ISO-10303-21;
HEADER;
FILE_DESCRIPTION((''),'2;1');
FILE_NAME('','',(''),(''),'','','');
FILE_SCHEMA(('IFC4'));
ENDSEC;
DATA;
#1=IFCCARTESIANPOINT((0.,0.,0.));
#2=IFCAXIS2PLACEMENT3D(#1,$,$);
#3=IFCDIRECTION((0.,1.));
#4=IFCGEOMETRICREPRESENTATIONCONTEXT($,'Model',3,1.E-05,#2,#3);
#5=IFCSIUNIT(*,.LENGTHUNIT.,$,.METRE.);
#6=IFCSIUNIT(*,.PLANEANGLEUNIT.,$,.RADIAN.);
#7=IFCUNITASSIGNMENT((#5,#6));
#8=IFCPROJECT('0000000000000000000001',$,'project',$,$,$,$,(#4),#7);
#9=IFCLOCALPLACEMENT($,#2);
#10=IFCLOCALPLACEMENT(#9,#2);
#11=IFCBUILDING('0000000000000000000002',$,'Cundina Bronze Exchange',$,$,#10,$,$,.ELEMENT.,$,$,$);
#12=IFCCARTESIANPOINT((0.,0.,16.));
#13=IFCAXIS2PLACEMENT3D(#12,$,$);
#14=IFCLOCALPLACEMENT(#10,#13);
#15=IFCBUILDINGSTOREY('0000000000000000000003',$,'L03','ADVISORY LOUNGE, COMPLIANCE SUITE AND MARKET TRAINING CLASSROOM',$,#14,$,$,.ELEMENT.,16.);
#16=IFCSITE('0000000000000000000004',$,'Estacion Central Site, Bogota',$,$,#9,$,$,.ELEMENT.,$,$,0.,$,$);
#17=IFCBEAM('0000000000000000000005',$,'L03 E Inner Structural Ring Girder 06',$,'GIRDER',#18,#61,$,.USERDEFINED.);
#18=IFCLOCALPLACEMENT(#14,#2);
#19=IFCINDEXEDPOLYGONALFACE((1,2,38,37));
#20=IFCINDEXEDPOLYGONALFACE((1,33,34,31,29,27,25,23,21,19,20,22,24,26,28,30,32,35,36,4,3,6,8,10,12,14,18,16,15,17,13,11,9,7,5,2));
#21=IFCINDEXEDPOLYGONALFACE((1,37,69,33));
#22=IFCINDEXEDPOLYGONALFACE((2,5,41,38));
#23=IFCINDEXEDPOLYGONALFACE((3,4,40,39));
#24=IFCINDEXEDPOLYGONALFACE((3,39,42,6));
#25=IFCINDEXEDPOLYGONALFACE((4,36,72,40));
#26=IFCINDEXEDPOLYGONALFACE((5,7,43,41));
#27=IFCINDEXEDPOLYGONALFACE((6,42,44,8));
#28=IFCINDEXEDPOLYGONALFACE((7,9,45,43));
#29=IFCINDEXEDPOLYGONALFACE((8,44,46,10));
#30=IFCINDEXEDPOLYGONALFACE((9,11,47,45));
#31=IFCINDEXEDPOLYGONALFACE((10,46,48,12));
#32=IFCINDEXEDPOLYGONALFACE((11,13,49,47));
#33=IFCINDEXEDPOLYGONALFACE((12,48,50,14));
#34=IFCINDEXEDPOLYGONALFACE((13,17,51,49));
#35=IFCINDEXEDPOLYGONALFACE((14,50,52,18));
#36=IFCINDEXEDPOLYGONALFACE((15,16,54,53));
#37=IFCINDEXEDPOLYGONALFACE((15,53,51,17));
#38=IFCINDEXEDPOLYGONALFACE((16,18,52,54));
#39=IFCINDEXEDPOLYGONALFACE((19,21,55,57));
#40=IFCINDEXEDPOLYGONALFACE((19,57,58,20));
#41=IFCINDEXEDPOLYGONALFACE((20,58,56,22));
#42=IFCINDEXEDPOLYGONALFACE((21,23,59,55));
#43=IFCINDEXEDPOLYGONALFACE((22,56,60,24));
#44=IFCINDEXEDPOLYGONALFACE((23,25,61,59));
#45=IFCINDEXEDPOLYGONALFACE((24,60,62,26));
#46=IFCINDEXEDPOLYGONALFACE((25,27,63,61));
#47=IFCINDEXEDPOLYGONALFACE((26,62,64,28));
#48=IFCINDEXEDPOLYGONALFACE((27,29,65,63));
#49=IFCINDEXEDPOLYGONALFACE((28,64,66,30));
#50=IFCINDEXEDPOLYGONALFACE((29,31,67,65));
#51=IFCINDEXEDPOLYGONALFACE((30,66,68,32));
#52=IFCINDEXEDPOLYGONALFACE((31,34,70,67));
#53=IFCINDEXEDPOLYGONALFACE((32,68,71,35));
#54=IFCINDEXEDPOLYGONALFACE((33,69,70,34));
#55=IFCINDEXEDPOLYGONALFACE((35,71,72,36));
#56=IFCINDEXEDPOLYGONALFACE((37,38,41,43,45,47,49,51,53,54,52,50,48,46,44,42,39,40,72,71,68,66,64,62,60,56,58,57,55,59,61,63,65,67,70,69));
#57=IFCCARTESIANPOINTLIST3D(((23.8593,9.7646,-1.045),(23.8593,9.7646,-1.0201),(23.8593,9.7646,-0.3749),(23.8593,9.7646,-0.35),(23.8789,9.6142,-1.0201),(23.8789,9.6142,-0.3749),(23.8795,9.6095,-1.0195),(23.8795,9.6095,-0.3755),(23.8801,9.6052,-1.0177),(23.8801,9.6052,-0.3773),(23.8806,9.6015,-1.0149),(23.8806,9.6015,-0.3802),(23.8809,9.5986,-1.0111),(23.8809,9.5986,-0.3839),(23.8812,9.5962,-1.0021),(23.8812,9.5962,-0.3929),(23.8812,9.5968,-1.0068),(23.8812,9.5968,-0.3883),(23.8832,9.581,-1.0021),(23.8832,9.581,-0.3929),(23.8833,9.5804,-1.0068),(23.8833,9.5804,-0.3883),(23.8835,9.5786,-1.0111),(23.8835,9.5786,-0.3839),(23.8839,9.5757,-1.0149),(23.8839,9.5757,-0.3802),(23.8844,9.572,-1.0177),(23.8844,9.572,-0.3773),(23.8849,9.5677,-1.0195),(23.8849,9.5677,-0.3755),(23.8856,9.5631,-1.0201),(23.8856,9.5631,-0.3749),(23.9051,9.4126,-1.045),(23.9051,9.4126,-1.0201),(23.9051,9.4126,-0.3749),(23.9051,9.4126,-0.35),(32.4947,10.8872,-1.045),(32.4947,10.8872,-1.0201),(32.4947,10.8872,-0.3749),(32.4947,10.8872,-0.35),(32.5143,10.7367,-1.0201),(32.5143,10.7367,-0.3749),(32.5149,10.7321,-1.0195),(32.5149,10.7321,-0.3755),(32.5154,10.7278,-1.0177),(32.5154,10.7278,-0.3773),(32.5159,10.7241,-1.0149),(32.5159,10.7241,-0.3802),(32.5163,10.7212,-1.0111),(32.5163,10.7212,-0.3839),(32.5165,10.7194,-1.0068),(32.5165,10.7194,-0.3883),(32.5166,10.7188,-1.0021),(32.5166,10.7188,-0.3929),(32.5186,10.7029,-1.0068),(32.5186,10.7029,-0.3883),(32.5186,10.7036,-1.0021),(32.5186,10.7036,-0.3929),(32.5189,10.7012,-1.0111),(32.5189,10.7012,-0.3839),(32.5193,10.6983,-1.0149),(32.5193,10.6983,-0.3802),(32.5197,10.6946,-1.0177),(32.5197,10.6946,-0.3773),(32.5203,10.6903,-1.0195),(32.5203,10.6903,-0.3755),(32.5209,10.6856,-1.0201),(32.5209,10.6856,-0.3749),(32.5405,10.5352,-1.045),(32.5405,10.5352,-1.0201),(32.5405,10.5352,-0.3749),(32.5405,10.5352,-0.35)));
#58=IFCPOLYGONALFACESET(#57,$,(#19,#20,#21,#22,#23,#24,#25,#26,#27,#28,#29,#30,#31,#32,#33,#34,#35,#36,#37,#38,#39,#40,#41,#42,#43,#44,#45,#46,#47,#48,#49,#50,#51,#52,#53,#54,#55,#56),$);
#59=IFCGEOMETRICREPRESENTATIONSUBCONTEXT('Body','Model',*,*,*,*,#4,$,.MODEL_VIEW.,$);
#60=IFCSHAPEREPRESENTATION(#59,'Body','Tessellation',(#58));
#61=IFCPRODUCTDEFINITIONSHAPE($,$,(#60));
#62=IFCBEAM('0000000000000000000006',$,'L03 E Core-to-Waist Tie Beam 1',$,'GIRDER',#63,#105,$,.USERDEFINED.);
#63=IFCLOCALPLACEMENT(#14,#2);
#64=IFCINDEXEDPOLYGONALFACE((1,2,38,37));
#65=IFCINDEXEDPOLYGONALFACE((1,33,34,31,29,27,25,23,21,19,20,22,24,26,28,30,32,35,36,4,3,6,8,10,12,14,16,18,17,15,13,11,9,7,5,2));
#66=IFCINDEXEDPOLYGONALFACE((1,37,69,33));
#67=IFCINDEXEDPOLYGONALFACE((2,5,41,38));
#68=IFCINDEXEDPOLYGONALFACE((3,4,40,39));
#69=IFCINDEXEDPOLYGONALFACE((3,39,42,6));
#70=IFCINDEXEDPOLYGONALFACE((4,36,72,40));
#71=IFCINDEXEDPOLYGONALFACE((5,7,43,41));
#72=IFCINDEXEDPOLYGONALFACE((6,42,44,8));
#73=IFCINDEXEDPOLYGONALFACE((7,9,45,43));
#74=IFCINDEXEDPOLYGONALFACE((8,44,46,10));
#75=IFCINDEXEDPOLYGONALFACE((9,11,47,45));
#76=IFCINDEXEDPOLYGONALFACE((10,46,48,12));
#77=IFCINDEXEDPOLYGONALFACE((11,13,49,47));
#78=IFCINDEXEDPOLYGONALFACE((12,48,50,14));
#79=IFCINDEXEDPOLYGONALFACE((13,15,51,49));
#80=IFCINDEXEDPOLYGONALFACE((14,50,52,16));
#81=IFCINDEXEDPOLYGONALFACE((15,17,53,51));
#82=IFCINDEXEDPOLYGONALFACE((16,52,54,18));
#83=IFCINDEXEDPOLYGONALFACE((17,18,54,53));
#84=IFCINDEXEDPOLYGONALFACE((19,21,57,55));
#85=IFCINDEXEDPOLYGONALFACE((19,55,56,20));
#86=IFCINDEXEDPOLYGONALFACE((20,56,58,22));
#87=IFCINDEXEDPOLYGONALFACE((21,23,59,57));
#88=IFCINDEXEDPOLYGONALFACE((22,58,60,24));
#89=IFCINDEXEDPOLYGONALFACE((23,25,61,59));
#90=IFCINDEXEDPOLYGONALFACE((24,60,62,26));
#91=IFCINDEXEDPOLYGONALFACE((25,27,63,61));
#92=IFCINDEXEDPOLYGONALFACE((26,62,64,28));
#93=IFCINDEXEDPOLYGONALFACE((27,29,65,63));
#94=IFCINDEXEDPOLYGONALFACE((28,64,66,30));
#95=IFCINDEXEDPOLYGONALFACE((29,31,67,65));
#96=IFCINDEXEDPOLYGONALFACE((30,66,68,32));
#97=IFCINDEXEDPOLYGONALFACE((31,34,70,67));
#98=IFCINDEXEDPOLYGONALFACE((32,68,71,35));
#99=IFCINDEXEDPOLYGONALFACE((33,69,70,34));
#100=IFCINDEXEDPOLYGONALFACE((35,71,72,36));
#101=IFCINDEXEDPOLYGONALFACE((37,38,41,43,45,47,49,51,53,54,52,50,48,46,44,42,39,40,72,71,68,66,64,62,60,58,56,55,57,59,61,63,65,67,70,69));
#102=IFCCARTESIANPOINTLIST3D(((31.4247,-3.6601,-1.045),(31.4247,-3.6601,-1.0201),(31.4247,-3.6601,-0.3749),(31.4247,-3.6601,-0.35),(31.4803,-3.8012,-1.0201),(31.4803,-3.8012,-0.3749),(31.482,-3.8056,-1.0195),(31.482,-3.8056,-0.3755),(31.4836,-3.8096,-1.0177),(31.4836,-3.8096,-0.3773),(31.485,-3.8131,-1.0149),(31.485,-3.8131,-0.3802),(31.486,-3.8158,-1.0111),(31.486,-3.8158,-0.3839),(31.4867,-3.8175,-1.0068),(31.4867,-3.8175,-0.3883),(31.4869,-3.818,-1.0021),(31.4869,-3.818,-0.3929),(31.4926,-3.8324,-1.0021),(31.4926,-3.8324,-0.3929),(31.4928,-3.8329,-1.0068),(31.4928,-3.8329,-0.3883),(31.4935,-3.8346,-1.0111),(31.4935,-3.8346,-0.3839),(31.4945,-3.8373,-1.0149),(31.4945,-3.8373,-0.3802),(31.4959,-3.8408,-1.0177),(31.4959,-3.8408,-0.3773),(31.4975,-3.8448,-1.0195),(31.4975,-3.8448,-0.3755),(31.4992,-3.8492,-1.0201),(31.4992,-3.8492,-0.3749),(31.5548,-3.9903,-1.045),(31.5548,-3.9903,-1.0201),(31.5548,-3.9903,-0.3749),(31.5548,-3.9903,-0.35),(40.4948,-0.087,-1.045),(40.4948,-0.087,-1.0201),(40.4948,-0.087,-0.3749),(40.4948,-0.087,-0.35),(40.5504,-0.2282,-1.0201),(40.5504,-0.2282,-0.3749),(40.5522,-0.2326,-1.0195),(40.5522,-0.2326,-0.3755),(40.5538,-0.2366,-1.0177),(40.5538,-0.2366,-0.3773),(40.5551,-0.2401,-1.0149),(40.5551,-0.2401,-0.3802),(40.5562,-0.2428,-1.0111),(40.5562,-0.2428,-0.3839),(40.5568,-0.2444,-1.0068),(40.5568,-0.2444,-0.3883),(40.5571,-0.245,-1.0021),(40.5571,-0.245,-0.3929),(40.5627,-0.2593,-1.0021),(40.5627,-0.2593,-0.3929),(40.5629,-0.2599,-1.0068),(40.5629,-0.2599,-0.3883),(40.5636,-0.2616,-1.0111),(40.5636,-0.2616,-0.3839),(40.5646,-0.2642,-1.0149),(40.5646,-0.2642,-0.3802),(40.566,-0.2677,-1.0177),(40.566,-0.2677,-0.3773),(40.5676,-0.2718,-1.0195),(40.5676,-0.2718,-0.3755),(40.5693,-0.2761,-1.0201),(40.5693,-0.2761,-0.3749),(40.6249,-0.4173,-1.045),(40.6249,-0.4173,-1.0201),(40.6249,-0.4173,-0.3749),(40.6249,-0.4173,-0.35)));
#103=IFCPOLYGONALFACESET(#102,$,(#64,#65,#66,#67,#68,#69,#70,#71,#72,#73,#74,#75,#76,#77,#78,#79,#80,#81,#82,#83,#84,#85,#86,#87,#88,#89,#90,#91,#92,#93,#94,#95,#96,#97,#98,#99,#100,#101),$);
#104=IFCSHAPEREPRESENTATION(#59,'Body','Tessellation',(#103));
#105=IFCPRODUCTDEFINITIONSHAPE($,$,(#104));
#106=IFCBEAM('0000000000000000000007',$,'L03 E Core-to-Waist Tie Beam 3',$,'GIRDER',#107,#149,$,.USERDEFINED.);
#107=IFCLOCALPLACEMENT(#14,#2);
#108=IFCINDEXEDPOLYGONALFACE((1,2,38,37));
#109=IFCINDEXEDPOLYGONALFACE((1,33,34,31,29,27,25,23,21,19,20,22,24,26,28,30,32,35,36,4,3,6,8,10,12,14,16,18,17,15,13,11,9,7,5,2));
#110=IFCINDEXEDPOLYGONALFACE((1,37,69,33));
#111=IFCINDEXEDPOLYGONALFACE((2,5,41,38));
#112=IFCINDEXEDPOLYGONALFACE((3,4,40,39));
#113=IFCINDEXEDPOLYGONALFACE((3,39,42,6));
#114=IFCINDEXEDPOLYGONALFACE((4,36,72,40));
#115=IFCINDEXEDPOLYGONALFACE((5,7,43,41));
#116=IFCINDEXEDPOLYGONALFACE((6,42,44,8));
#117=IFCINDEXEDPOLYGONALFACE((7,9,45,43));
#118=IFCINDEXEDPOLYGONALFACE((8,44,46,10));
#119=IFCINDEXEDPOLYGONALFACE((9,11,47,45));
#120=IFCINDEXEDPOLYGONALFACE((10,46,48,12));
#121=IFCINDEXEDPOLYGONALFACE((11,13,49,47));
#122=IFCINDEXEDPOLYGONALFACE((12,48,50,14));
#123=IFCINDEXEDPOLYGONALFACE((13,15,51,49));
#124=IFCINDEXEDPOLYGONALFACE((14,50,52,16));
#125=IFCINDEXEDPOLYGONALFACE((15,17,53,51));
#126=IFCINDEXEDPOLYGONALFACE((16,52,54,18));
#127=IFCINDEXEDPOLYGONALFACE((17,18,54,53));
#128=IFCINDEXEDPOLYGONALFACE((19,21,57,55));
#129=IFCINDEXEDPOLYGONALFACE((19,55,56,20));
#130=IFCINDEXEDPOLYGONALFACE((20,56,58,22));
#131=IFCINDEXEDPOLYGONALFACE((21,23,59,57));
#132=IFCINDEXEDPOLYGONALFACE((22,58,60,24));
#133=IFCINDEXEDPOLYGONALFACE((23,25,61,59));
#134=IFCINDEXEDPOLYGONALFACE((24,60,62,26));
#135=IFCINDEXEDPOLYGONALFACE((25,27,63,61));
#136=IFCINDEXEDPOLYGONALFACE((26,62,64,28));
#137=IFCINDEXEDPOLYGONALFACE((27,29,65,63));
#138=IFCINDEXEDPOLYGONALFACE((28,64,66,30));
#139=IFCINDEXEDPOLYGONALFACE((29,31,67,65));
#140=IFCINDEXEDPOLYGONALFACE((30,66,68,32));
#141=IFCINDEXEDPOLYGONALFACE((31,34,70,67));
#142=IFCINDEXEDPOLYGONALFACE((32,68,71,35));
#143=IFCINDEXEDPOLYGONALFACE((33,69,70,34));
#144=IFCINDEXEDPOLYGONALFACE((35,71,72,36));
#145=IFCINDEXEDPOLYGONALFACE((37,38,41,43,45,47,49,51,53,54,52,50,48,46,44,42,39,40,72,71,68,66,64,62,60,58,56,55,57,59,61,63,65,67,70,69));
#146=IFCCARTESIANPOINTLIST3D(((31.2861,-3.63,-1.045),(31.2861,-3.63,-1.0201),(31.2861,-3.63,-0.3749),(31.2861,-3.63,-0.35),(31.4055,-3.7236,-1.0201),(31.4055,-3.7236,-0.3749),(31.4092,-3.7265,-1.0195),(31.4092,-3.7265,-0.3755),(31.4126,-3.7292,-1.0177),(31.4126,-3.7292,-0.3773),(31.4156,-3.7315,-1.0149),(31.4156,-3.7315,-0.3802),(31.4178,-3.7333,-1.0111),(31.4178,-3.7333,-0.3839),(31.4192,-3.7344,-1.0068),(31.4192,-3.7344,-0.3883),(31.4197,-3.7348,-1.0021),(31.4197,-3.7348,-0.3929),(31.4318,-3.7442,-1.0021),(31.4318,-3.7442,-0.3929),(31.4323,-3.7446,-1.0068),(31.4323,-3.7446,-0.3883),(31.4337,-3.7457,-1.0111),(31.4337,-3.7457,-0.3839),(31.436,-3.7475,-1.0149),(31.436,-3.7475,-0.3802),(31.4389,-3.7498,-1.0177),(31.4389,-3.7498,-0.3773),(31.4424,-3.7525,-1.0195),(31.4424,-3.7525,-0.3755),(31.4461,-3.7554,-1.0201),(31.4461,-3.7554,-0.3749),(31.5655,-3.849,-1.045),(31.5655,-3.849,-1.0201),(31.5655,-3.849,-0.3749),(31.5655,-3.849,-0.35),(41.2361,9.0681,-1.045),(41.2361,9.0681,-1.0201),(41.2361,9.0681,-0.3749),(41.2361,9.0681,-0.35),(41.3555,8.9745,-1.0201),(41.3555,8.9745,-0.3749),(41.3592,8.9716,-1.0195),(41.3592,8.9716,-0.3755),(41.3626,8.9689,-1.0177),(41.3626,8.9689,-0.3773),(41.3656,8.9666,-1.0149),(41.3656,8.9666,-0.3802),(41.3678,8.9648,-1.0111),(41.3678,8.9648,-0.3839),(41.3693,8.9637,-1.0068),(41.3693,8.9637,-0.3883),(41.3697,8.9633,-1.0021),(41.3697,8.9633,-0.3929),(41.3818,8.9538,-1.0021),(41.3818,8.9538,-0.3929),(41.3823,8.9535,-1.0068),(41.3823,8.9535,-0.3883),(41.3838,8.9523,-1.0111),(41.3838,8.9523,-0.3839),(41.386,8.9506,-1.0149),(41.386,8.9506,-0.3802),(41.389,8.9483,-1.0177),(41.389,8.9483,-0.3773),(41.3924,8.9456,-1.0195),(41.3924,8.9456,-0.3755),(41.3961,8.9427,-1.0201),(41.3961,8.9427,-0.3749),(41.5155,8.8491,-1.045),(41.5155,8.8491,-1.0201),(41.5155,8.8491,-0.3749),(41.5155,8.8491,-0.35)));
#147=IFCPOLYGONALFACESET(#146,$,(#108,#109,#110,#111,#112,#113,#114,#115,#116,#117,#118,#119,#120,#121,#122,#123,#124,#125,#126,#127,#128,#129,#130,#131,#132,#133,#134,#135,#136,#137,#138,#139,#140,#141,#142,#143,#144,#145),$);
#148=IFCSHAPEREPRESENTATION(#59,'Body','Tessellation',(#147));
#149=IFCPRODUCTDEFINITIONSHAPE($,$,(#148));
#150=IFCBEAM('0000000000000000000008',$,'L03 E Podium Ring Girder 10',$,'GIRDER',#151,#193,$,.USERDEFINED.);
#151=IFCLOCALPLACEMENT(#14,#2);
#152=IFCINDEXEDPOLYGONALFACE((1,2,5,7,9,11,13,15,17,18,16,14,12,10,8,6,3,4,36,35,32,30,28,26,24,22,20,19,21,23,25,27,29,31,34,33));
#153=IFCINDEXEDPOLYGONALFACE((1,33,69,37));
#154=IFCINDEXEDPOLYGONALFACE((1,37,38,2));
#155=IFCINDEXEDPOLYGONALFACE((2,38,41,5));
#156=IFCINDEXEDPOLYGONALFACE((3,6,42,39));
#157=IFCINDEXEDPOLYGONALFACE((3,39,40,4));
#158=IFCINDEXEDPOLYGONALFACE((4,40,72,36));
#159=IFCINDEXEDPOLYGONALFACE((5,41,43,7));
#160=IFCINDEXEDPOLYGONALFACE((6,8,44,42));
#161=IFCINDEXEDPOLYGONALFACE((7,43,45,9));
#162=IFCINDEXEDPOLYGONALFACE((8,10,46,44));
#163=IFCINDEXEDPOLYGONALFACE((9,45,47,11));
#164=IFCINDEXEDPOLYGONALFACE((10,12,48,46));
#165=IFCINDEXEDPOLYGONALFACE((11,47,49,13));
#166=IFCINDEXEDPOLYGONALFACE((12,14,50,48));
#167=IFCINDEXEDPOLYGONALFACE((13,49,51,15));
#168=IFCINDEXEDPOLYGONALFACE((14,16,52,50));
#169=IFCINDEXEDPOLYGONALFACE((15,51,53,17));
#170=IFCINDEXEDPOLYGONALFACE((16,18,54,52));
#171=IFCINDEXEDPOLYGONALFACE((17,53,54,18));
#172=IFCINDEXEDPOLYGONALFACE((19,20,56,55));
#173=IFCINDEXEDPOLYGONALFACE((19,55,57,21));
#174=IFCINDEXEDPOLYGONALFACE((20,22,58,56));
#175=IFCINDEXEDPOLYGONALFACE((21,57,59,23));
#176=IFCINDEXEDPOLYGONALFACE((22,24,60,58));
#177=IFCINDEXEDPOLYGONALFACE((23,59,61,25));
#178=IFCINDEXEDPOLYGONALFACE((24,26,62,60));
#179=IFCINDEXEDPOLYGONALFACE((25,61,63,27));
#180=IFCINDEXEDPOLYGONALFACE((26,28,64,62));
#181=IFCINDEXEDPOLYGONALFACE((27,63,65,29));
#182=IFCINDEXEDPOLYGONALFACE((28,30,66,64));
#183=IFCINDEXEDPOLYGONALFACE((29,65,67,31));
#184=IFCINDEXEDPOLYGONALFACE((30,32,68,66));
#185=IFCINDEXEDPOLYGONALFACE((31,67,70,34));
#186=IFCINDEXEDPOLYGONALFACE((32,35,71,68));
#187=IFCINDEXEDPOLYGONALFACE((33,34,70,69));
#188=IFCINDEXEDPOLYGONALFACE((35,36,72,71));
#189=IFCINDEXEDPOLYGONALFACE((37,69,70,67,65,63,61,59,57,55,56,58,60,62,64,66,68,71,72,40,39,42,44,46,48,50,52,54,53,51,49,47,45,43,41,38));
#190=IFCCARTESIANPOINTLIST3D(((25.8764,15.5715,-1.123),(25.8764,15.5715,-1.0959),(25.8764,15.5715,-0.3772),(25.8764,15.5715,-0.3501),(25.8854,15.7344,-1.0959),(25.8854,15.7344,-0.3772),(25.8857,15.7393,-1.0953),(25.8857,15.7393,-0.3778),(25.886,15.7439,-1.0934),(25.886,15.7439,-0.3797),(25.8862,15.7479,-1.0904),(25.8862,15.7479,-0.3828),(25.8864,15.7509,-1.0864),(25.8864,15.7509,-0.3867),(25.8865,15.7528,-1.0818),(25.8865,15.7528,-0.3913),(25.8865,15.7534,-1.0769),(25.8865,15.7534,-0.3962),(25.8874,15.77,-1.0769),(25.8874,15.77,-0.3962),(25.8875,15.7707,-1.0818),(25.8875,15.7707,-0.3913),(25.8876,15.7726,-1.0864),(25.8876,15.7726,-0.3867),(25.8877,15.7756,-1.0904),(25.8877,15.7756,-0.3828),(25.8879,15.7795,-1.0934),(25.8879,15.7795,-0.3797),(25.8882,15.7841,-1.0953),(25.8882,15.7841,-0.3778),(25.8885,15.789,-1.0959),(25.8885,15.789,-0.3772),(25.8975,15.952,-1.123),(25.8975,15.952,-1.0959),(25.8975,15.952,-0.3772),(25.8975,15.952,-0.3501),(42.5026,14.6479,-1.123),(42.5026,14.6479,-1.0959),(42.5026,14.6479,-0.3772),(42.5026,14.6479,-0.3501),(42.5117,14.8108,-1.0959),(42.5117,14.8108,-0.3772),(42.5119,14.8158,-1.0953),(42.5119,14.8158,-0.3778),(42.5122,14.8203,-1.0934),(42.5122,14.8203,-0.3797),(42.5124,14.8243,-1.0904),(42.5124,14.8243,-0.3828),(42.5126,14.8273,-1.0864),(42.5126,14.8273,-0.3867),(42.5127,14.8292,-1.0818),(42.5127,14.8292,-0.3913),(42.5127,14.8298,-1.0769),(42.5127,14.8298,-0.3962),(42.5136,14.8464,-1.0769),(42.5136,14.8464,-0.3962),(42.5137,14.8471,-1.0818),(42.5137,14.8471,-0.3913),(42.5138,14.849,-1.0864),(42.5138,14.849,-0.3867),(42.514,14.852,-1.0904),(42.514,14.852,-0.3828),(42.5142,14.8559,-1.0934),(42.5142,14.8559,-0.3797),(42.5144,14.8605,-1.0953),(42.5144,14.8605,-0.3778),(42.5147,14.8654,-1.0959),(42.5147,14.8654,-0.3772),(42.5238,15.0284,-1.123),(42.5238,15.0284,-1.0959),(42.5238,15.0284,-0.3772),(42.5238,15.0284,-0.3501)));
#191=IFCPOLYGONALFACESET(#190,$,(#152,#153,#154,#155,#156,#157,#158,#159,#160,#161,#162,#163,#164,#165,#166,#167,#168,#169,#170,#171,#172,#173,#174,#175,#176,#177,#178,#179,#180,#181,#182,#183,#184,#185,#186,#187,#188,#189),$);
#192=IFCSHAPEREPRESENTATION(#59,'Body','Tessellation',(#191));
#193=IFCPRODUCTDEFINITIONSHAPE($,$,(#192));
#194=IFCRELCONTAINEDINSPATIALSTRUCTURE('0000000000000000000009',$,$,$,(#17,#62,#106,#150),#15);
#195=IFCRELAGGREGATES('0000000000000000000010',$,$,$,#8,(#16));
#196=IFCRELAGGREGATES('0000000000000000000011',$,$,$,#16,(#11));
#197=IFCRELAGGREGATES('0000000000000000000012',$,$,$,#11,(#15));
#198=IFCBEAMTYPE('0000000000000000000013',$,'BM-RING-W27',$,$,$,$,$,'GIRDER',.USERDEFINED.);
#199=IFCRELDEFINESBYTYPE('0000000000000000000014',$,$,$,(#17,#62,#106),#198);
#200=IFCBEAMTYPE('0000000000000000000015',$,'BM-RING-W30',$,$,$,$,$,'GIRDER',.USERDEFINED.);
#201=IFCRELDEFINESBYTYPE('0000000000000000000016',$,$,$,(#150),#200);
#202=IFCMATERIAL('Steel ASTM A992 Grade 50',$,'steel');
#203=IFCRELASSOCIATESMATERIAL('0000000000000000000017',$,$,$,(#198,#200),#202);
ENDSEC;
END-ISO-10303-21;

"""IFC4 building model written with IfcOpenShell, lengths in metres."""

from ifc_helpers import new_model, si_unit, direction, frame, origin, origin_2d, place, context, subcontext, project, spatial, i_section, extrude, material, material_profile, profile_set, type_object, element, save


model = new_model("IFC4")

# Units and contexts
model_context = context("Model", 3, precision=1e-05, world=origin(), true_north=direction((0.0, 1.0)))
body_context = subcontext(model_context, "Body", "Model", "MODEL_VIEW")
ifc_project = project(units=[si_unit("LENGTHUNIT", "METRE"), si_unit("PLANEANGLEUNIT", "RADIAN")], contexts=[model_context])

# Site, building, storey
site_placement = place(None, origin())
site = spatial("IfcSite", under=ifc_project, at=site_placement, Name="Estacion Central Site, Bogota", CompositionType="ELEMENT", RefElevation=0.0)
building_placement = place(site_placement, origin())
building = spatial("IfcBuilding", under=site, at=building_placement, Name="Cundina Bronze Exchange", CompositionType="ELEMENT")
storey_placement = place(building_placement, frame((0.0, 0.0, 16.0)))
storey = spatial("IfcBuildingStorey", under=building, at=storey_placement, Name="L03", Description="ADVISORY LOUNGE, COMPLIANCE SUITE AND MARKET TRAINING CLASSROOM", CompositionType="ELEMENT", Elevation=16.0)

# Shared definitions
ifc_material_1 = material(Name="Steel ASTM A992 Grade 50", Category="steel")

# Beams
ifc_material_profile_1 = material_profile(ifc_material_1, i_section(OverallWidth=0.355, OverallDepth=0.6951, WebThickness=0.0154, FlangeThickness=0.0249, FilletRadius=0.0181, at=origin_2d()), Name="W27X146", Category="steel")
ifc_profile_set_1 = profile_set([ifc_material_profile_1], Name="Steel ASTM A992 Grade 50")
beam_type_1 = type_object("IfcBeamType", Name="BM-RING-W27", ElementType="GIRDER", PredefinedType="USERDEFINED", material=ifc_profile_set_1)
beam_1_placement = place(storey_placement, frame((32.5176, 10.7112, -0.6975), z_axis=(-0.991656, -0.128912, 0.0), x_axis=(0.128912, -0.991656, 0.0)))
element("IfcBeam", 1, at=beam_1_placement, inside=storey, type_object=beam_type_1, Name="L03 E Inner Structural Ring Girder 06", ObjectType="GIRDER", PredefinedType="USERDEFINED", context=body_context, shape_type="SweptSolid", body=[
    extrude(i_section(OverallWidth=0.355, OverallDepth=0.6951, WebThickness=0.0154, FlangeThickness=0.0249, FilletRadius=0.0181, at=origin_2d()), origin(), (0.0, 0.0, 1.0), 8.708),
])
beam_2_placement = place(storey_placement, frame((31.4897, -3.8252, -0.6975), z_axis=(0.93041, 0.366519, 0.0), x_axis=(-0.366519, 0.93041, 0.0)))
element("IfcBeam", 2, at=beam_2_placement, inside=storey, type_object=beam_type_1, Name="L03 E Core-to-Waist Tie Beam 1", ObjectType="GIRDER", PredefinedType="USERDEFINED", context=body_context, shape_type="SweptSolid", body=[
    extrude(i_section(OverallWidth=0.355, OverallDepth=0.6951, WebThickness=0.0154, FlangeThickness=0.0249, FilletRadius=0.0181, at=origin_2d()), origin(), (0.0, 0.0, 1.0), 9.7485),
])
beam_3_placement = place(storey_placement, frame((31.4258, -3.7395, -0.6975), z_axis=(0.616784, 0.787132, 0.0), x_axis=(-0.787132, 0.616784, 0.0)))
element("IfcBeam", 3, at=beam_3_placement, inside=storey, type_object=beam_type_1, Name="L03 E Core-to-Waist Tie Beam 3", ObjectType="GIRDER", PredefinedType="USERDEFINED", context=body_context, shape_type="SweptSolid", body=[
    extrude(i_section(OverallWidth=0.355, OverallDepth=0.6951, WebThickness=0.0154, FlangeThickness=0.0249, FilletRadius=0.0181, at=origin_2d()), origin(), (0.0, 0.0, 1.0), 16.1321),
])
ifc_material_profile_2 = material_profile(ifc_material_1, i_section(OverallWidth=0.3811, OverallDepth=0.7729, WebThickness=0.0166, FlangeThickness=0.0271, FilletRadius=0.019, at=origin_2d()), Name="W30X173", Category="steel")
ifc_profile_set_2 = profile_set([ifc_material_profile_2], Name="Steel ASTM A992 Grade 50")
beam_type_2 = type_object("IfcBeamType", Name="BM-RING-W30", ElementType="GIRDER", PredefinedType="USERDEFINED", material=ifc_profile_set_2)
beam_4_placement = place(storey_placement, frame((42.5132, 14.8381, -0.7366), z_axis=(-0.998461, 0.055464, 0.0), x_axis=(-0.055464, -0.998461, 0.0)))
element("IfcBeam", 4, at=beam_4_placement, inside=storey, type_object=beam_type_2, Name="L03 E Podium Ring Girder 10", ObjectType="GIRDER", PredefinedType="USERDEFINED", context=body_context, shape_type="SweptSolid", body=[
    extrude(i_section(OverallWidth=0.3811, OverallDepth=0.7729, WebThickness=0.0166, FlangeThickness=0.0271, FilletRadius=0.019, at=origin_2d()), origin(), (0.0, 0.0, 1.0), 16.6519),
])

save(model, "model.ifc")
